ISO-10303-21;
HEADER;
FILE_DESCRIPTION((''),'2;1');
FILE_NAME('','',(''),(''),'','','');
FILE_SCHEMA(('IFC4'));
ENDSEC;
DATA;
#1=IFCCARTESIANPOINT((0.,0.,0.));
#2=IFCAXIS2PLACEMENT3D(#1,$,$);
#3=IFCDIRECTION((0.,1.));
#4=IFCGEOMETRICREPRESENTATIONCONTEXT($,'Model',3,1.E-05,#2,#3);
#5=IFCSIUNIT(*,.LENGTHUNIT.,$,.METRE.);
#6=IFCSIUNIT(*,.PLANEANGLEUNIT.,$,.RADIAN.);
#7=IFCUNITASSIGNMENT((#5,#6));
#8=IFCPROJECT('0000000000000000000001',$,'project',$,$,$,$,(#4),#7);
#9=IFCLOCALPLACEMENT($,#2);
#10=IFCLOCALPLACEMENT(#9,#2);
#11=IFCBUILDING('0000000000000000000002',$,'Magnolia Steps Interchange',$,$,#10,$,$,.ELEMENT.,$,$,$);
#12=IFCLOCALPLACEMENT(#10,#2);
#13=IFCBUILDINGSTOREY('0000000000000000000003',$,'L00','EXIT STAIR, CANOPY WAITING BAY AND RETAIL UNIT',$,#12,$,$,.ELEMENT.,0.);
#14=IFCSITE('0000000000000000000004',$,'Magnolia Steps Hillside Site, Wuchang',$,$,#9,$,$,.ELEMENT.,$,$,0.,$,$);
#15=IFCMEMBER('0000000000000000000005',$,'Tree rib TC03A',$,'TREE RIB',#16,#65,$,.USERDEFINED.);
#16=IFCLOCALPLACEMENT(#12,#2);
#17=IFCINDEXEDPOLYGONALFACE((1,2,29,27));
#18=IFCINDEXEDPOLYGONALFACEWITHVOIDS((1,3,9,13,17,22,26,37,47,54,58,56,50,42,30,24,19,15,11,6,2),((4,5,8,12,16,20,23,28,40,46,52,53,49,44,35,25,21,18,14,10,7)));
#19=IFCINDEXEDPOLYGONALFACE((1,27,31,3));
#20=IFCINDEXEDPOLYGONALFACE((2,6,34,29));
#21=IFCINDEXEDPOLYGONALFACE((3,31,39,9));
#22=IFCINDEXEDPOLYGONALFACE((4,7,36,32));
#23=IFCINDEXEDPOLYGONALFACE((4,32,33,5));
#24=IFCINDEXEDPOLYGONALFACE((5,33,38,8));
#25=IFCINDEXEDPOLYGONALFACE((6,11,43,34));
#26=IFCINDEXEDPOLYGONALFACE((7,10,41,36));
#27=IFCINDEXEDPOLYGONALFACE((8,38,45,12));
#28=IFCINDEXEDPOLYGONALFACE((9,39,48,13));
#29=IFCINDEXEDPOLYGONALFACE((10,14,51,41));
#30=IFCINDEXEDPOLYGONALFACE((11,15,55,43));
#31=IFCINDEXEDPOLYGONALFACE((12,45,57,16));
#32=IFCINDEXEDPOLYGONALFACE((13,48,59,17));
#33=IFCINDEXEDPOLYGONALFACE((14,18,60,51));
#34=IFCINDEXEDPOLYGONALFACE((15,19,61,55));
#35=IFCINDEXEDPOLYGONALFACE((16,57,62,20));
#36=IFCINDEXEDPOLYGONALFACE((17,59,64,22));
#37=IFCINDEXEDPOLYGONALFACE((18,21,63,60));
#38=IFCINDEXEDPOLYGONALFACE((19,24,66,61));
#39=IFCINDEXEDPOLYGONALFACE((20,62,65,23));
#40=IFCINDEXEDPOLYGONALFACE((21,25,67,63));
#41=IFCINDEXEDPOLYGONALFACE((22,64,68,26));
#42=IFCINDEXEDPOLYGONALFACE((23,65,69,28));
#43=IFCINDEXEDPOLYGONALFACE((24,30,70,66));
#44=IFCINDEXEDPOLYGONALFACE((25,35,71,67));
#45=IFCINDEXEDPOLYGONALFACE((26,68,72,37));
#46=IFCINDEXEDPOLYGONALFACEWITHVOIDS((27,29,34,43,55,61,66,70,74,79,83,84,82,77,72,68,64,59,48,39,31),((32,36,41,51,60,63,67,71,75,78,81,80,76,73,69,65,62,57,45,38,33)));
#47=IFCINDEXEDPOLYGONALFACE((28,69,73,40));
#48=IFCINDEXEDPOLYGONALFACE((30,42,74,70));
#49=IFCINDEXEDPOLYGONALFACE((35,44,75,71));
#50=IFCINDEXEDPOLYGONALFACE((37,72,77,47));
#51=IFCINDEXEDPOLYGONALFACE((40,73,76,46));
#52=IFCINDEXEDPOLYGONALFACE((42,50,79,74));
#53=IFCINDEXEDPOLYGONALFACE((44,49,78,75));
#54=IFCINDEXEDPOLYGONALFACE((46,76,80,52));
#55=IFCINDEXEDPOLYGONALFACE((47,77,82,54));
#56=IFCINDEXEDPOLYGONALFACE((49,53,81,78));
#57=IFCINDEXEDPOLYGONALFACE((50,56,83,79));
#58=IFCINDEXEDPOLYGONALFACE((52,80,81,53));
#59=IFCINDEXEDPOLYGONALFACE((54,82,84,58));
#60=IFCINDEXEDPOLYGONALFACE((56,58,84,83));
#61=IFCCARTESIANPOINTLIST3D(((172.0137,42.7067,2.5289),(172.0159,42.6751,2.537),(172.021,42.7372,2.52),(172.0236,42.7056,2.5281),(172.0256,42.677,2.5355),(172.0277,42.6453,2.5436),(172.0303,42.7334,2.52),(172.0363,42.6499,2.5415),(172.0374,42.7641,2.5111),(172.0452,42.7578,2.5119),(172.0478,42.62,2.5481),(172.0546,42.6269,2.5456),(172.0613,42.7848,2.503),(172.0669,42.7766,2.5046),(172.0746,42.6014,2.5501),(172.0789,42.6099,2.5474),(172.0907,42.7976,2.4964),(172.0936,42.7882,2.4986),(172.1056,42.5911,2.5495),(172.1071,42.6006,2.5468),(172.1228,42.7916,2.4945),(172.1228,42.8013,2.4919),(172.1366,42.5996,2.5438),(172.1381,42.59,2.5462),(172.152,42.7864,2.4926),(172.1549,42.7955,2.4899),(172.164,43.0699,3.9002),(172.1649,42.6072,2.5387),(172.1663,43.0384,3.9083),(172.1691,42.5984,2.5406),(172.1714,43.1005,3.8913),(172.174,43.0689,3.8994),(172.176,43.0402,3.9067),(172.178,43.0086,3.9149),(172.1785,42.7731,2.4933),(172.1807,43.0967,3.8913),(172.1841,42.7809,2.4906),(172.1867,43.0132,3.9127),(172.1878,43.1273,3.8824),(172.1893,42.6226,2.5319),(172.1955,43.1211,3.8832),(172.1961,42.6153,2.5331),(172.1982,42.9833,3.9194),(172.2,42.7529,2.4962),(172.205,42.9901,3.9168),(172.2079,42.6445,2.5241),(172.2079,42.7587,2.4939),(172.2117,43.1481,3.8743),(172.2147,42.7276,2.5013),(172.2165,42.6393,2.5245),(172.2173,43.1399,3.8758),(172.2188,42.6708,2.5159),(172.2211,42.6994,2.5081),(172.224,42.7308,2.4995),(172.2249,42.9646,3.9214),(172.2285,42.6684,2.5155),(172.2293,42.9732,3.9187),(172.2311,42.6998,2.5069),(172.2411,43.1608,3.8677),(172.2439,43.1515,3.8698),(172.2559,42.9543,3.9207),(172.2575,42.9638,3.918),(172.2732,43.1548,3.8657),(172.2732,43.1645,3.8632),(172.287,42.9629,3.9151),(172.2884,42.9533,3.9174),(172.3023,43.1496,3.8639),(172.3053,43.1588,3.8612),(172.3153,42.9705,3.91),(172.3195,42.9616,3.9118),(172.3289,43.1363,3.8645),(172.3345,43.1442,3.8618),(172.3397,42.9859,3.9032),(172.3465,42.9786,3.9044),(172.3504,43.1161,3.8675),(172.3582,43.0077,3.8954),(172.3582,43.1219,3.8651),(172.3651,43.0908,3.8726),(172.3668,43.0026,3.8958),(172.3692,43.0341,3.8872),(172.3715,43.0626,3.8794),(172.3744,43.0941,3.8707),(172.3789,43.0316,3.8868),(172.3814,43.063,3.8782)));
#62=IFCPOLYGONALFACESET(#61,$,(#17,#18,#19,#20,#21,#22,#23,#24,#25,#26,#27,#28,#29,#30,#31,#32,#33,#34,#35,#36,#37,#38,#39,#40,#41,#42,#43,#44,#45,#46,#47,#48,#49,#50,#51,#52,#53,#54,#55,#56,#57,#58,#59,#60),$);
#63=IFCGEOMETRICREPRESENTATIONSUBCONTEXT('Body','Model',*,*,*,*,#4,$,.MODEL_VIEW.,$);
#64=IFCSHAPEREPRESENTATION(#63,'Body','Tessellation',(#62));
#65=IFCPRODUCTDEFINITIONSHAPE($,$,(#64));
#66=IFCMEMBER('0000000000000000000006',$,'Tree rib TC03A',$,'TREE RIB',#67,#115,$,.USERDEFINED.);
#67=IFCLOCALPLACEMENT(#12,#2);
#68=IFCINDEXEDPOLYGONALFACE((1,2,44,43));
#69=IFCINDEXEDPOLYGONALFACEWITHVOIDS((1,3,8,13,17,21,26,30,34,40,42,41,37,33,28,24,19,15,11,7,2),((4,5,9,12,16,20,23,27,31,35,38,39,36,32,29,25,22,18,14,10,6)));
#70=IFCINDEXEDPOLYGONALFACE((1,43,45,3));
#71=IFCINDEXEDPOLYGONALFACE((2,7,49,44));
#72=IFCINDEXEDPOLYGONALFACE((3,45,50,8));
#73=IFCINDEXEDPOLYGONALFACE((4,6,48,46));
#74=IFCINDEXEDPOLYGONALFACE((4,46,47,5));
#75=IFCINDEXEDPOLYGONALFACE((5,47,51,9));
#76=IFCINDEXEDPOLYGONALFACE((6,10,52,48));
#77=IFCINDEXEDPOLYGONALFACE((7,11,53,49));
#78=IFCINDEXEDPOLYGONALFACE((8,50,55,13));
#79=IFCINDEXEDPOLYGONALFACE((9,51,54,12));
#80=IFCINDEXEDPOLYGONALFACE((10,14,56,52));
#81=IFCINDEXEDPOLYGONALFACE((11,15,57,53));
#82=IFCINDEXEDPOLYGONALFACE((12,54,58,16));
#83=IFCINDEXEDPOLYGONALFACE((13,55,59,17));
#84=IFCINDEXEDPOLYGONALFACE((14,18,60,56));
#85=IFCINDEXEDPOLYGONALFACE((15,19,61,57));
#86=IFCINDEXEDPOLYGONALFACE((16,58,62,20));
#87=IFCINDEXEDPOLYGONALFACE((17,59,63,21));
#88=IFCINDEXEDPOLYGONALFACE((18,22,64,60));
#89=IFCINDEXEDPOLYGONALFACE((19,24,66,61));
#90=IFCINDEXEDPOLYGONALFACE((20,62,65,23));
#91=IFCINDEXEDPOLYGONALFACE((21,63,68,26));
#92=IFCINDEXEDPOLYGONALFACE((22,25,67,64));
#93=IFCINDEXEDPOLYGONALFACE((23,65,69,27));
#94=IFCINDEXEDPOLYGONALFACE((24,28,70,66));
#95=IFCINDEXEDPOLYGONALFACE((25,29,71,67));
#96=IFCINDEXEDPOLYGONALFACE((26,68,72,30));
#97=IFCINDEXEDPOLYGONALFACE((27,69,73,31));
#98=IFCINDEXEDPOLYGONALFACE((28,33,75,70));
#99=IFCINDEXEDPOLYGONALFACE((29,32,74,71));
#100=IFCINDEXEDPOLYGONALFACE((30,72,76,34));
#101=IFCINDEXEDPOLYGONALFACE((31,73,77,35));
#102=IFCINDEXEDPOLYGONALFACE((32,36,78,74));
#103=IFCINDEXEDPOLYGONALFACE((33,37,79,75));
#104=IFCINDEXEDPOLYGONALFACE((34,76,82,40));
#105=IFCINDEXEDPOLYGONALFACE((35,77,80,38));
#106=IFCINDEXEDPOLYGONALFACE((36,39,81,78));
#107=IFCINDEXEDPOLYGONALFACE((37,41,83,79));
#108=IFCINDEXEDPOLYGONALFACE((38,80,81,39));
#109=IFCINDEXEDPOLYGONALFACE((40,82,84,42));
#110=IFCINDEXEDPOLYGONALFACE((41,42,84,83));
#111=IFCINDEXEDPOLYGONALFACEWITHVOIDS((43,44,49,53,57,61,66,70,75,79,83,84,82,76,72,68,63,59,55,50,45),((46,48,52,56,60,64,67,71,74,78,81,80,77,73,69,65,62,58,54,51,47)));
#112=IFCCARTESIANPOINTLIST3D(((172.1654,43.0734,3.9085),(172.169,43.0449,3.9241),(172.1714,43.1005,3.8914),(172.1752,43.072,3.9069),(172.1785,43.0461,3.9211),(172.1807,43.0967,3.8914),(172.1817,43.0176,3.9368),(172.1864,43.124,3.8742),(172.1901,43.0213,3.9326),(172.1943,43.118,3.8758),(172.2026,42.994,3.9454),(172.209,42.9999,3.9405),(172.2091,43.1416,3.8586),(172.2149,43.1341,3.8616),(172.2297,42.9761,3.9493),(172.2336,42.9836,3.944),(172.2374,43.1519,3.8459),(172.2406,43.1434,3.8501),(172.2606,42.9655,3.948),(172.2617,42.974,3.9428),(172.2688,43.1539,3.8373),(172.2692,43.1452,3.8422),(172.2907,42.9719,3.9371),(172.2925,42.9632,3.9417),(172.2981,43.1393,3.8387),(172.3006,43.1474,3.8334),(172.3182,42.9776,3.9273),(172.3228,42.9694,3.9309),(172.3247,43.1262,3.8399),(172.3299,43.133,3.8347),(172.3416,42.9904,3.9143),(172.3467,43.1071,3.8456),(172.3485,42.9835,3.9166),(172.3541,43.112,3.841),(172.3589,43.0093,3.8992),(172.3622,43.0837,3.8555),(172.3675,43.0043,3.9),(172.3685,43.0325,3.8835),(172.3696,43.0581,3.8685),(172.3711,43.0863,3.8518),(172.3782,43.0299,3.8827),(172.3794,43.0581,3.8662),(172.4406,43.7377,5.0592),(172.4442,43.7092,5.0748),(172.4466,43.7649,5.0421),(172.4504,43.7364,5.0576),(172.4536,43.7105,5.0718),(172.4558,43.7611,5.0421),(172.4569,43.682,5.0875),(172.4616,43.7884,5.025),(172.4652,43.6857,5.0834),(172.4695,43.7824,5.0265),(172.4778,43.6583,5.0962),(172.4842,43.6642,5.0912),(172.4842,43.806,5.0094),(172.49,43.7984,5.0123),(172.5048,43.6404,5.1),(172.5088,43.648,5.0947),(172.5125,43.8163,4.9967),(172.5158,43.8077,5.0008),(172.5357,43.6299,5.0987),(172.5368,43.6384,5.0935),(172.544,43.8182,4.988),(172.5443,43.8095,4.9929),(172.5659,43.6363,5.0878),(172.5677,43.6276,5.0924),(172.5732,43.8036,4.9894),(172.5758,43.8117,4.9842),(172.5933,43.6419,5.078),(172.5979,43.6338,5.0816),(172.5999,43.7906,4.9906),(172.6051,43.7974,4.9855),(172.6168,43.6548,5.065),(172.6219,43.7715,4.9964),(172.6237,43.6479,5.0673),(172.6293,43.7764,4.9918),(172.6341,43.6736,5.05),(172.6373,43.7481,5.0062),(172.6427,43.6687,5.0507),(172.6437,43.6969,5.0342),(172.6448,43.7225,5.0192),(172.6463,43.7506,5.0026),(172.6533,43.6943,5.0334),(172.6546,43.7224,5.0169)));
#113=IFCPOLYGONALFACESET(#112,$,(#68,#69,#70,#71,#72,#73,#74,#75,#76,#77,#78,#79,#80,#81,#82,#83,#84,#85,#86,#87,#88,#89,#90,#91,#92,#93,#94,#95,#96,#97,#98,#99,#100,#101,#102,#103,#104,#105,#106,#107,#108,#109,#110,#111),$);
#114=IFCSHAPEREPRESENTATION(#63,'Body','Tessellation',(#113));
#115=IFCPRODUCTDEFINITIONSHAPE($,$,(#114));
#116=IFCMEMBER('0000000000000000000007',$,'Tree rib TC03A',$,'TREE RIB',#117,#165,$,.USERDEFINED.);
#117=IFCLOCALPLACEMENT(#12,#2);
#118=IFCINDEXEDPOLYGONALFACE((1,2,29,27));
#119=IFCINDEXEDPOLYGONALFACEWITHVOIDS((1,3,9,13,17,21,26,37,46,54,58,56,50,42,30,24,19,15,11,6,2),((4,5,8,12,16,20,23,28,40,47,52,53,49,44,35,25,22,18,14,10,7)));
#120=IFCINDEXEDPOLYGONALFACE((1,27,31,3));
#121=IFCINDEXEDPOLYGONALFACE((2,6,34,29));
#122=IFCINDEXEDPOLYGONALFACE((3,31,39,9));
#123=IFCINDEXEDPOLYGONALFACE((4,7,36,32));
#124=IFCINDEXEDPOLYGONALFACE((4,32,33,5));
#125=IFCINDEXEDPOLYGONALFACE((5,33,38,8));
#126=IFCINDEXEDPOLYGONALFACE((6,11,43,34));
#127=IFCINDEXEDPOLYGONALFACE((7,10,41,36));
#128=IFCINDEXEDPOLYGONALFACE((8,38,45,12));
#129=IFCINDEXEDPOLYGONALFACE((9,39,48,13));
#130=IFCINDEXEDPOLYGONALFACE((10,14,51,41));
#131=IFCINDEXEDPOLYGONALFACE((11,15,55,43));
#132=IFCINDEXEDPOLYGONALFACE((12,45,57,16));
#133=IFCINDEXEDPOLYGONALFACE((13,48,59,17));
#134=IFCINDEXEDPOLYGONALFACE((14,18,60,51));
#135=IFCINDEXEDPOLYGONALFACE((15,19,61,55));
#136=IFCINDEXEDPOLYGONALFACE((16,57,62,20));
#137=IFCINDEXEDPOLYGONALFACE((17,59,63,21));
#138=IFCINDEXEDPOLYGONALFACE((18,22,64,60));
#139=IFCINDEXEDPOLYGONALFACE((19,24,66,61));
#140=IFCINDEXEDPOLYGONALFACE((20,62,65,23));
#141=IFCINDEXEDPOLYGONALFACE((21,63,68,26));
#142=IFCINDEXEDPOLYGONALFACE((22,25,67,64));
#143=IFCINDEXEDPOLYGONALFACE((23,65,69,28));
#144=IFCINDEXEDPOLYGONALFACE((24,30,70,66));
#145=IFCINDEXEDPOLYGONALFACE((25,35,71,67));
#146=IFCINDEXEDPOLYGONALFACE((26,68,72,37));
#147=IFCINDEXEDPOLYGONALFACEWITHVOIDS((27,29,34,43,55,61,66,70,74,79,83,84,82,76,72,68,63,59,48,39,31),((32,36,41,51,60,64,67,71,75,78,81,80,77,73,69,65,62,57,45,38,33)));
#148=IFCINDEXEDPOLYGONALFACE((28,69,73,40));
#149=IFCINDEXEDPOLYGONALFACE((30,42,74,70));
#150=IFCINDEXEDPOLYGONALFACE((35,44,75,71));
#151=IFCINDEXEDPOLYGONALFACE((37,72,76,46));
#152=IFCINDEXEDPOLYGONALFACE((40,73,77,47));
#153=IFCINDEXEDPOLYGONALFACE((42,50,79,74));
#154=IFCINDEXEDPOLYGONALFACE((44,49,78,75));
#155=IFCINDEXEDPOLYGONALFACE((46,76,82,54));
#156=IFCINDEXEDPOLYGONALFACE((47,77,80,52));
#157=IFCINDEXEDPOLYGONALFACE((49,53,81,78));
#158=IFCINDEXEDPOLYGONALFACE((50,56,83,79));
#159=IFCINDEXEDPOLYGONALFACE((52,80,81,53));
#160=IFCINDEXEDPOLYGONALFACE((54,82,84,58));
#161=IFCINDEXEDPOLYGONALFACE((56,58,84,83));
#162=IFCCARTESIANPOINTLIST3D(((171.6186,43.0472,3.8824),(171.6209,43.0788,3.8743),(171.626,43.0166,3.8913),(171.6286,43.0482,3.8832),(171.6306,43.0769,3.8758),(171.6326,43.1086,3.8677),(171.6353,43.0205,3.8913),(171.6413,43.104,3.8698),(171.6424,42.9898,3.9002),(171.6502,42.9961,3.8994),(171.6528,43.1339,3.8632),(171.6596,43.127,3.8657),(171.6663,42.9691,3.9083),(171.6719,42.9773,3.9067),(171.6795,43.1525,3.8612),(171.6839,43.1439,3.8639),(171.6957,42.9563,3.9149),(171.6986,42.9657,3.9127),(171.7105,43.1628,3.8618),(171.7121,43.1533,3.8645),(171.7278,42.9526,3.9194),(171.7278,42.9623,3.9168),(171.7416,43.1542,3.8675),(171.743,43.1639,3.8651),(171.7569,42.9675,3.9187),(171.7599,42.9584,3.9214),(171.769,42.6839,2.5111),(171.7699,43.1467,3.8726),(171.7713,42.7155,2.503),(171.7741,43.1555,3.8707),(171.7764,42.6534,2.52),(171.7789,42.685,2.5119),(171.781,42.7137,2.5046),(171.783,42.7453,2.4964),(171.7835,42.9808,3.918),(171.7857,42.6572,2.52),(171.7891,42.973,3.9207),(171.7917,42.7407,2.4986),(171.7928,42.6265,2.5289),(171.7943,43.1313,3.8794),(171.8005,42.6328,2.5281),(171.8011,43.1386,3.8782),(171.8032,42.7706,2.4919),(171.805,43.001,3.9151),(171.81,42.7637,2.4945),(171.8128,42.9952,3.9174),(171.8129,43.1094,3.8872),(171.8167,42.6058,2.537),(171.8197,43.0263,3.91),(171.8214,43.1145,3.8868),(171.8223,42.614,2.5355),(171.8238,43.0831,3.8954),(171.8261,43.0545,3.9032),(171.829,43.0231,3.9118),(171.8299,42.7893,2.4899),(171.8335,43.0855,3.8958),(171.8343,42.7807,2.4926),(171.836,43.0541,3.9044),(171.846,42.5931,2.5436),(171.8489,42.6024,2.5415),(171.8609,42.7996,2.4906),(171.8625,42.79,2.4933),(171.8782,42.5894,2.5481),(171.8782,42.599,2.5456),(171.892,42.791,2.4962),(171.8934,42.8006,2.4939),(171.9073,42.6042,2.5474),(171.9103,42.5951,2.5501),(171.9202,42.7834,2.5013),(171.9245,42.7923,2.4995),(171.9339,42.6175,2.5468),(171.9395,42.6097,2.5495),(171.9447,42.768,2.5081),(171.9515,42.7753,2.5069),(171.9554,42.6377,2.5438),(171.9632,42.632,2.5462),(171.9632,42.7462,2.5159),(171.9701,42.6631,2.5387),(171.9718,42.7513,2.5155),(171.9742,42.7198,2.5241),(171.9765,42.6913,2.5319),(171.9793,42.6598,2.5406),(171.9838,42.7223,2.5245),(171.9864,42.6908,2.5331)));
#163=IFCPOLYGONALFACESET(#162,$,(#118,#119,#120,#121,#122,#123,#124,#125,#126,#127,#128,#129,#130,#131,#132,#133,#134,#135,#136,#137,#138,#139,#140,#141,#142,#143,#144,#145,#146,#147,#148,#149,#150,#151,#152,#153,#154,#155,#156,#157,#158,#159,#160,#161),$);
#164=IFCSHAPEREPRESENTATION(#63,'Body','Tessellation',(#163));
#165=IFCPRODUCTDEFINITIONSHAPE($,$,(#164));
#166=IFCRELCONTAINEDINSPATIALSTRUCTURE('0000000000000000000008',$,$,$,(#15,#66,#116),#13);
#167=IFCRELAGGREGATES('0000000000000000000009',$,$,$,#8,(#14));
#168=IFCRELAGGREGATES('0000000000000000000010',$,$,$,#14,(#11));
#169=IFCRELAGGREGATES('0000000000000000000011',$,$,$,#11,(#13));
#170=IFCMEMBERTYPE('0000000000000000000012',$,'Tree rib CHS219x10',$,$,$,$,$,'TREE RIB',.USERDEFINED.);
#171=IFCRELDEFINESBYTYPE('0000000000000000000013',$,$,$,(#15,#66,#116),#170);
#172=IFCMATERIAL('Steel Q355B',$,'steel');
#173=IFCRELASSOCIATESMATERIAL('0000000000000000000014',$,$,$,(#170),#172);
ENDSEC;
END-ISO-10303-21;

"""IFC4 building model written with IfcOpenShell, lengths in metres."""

from ifc_helpers import new_model, si_unit, direction, frame, origin, origin_2d, place, context, subcontext, project, spatial, hollow_circle, extrude, material, material_profile, profile_set, type_object, element, save


model = new_model("IFC4")

# Units and contexts
model_context = context("Model", 3, precision=1e-05, world=origin(), true_north=direction((0.0, 1.0)))
body_context = subcontext(model_context, "Body", "Model", "MODEL_VIEW")
ifc_project = project(units=[si_unit("LENGTHUNIT", "METRE"), si_unit("PLANEANGLEUNIT", "RADIAN")], contexts=[model_context])

# Site, building, storey
site_placement = place(None, origin())
site = spatial("IfcSite", under=ifc_project, at=site_placement, Name="Magnolia Steps Hillside Site, Wuchang", CompositionType="ELEMENT", RefElevation=0.0)
building_placement = place(site_placement, origin())
building = spatial("IfcBuilding", under=site, at=building_placement, Name="Magnolia Steps Interchange", CompositionType="ELEMENT")
storey_placement = place(building_placement, origin())
storey = spatial("IfcBuildingStorey", under=building, at=storey_placement, Name="L00", Description="EXIT STAIR, CANOPY WAITING BAY AND RETAIL UNIT", CompositionType="ELEMENT", Elevation=0.0)

# Members
ifc_material_1 = material(Name="Steel Q355B", Category="steel")
ifc_material_profile_1 = material_profile(ifc_material_1, hollow_circle(Radius=0.1096, WallThickness=0.01, at=origin_2d()), Name="CHS219x10")
ifc_profile_set_1 = profile_set([ifc_material_profile_1], Name="Steel Q355B")
member_type = type_object("IfcMemberType", Name="Tree rib CHS219x10", ElementType="TREE RIB", PredefinedType="USERDEFINED", material=ifc_profile_set_1)
member_1_placement = place(storey_placement, frame((172.1223, 42.6953, 2.52), z_axis=(0.10542, 0.25465, 0.96127), x_axis=(-0.923956, 0.382498, 0.0)))
element("IfcMember", 1, at=member_1_placement, inside=storey, type_object=member_type, Name="Tree rib TC03A", ObjectType="TREE RIB", PredefinedType="USERDEFINED", context=body_context, shape_type="SweptSolid", body=[
    extrude(hollow_circle(Radius=0.1096, WallThickness=0.01, at=origin_2d()), origin(), (0.0, 0.0, 1.0), 1.4265),
])
member_2_placement = place(storey_placement, frame((172.2727, 43.0586, 3.8914), z_axis=(0.202787, 0.489604, 0.848036), x_axis=(-0.923889, 0.382662, 0.0)))
element("IfcMember", 2, at=member_2_placement, inside=storey, type_object=member_type, Name="Tree rib TC03A", ObjectType="TREE RIB", PredefinedType="USERDEFINED", context=body_context, shape_type="SweptSolid", body=[
    extrude(hollow_circle(Radius=0.1096, WallThickness=0.01, at=origin_2d()), origin(), (0.0, 0.0, 1.0), 1.3569),
])
member_3_placement = place(storey_placement, frame((171.8777, 42.6953, 2.52), z_axis=(-0.10542, 0.25465, 0.96127), x_axis=(-0.923956, -0.382498, 0.0)))
element("IfcMember", 3, at=member_3_placement, inside=storey, type_object=member_type, Name="Tree rib TC03A", ObjectType="TREE RIB", PredefinedType="USERDEFINED", context=body_context, shape_type="SweptSolid", body=[
    extrude(hollow_circle(Radius=0.1096, WallThickness=0.01, at=origin_2d()), origin(), (0.0, 0.0, 1.0), 1.4265),
])

save(model, "model.ifc")
